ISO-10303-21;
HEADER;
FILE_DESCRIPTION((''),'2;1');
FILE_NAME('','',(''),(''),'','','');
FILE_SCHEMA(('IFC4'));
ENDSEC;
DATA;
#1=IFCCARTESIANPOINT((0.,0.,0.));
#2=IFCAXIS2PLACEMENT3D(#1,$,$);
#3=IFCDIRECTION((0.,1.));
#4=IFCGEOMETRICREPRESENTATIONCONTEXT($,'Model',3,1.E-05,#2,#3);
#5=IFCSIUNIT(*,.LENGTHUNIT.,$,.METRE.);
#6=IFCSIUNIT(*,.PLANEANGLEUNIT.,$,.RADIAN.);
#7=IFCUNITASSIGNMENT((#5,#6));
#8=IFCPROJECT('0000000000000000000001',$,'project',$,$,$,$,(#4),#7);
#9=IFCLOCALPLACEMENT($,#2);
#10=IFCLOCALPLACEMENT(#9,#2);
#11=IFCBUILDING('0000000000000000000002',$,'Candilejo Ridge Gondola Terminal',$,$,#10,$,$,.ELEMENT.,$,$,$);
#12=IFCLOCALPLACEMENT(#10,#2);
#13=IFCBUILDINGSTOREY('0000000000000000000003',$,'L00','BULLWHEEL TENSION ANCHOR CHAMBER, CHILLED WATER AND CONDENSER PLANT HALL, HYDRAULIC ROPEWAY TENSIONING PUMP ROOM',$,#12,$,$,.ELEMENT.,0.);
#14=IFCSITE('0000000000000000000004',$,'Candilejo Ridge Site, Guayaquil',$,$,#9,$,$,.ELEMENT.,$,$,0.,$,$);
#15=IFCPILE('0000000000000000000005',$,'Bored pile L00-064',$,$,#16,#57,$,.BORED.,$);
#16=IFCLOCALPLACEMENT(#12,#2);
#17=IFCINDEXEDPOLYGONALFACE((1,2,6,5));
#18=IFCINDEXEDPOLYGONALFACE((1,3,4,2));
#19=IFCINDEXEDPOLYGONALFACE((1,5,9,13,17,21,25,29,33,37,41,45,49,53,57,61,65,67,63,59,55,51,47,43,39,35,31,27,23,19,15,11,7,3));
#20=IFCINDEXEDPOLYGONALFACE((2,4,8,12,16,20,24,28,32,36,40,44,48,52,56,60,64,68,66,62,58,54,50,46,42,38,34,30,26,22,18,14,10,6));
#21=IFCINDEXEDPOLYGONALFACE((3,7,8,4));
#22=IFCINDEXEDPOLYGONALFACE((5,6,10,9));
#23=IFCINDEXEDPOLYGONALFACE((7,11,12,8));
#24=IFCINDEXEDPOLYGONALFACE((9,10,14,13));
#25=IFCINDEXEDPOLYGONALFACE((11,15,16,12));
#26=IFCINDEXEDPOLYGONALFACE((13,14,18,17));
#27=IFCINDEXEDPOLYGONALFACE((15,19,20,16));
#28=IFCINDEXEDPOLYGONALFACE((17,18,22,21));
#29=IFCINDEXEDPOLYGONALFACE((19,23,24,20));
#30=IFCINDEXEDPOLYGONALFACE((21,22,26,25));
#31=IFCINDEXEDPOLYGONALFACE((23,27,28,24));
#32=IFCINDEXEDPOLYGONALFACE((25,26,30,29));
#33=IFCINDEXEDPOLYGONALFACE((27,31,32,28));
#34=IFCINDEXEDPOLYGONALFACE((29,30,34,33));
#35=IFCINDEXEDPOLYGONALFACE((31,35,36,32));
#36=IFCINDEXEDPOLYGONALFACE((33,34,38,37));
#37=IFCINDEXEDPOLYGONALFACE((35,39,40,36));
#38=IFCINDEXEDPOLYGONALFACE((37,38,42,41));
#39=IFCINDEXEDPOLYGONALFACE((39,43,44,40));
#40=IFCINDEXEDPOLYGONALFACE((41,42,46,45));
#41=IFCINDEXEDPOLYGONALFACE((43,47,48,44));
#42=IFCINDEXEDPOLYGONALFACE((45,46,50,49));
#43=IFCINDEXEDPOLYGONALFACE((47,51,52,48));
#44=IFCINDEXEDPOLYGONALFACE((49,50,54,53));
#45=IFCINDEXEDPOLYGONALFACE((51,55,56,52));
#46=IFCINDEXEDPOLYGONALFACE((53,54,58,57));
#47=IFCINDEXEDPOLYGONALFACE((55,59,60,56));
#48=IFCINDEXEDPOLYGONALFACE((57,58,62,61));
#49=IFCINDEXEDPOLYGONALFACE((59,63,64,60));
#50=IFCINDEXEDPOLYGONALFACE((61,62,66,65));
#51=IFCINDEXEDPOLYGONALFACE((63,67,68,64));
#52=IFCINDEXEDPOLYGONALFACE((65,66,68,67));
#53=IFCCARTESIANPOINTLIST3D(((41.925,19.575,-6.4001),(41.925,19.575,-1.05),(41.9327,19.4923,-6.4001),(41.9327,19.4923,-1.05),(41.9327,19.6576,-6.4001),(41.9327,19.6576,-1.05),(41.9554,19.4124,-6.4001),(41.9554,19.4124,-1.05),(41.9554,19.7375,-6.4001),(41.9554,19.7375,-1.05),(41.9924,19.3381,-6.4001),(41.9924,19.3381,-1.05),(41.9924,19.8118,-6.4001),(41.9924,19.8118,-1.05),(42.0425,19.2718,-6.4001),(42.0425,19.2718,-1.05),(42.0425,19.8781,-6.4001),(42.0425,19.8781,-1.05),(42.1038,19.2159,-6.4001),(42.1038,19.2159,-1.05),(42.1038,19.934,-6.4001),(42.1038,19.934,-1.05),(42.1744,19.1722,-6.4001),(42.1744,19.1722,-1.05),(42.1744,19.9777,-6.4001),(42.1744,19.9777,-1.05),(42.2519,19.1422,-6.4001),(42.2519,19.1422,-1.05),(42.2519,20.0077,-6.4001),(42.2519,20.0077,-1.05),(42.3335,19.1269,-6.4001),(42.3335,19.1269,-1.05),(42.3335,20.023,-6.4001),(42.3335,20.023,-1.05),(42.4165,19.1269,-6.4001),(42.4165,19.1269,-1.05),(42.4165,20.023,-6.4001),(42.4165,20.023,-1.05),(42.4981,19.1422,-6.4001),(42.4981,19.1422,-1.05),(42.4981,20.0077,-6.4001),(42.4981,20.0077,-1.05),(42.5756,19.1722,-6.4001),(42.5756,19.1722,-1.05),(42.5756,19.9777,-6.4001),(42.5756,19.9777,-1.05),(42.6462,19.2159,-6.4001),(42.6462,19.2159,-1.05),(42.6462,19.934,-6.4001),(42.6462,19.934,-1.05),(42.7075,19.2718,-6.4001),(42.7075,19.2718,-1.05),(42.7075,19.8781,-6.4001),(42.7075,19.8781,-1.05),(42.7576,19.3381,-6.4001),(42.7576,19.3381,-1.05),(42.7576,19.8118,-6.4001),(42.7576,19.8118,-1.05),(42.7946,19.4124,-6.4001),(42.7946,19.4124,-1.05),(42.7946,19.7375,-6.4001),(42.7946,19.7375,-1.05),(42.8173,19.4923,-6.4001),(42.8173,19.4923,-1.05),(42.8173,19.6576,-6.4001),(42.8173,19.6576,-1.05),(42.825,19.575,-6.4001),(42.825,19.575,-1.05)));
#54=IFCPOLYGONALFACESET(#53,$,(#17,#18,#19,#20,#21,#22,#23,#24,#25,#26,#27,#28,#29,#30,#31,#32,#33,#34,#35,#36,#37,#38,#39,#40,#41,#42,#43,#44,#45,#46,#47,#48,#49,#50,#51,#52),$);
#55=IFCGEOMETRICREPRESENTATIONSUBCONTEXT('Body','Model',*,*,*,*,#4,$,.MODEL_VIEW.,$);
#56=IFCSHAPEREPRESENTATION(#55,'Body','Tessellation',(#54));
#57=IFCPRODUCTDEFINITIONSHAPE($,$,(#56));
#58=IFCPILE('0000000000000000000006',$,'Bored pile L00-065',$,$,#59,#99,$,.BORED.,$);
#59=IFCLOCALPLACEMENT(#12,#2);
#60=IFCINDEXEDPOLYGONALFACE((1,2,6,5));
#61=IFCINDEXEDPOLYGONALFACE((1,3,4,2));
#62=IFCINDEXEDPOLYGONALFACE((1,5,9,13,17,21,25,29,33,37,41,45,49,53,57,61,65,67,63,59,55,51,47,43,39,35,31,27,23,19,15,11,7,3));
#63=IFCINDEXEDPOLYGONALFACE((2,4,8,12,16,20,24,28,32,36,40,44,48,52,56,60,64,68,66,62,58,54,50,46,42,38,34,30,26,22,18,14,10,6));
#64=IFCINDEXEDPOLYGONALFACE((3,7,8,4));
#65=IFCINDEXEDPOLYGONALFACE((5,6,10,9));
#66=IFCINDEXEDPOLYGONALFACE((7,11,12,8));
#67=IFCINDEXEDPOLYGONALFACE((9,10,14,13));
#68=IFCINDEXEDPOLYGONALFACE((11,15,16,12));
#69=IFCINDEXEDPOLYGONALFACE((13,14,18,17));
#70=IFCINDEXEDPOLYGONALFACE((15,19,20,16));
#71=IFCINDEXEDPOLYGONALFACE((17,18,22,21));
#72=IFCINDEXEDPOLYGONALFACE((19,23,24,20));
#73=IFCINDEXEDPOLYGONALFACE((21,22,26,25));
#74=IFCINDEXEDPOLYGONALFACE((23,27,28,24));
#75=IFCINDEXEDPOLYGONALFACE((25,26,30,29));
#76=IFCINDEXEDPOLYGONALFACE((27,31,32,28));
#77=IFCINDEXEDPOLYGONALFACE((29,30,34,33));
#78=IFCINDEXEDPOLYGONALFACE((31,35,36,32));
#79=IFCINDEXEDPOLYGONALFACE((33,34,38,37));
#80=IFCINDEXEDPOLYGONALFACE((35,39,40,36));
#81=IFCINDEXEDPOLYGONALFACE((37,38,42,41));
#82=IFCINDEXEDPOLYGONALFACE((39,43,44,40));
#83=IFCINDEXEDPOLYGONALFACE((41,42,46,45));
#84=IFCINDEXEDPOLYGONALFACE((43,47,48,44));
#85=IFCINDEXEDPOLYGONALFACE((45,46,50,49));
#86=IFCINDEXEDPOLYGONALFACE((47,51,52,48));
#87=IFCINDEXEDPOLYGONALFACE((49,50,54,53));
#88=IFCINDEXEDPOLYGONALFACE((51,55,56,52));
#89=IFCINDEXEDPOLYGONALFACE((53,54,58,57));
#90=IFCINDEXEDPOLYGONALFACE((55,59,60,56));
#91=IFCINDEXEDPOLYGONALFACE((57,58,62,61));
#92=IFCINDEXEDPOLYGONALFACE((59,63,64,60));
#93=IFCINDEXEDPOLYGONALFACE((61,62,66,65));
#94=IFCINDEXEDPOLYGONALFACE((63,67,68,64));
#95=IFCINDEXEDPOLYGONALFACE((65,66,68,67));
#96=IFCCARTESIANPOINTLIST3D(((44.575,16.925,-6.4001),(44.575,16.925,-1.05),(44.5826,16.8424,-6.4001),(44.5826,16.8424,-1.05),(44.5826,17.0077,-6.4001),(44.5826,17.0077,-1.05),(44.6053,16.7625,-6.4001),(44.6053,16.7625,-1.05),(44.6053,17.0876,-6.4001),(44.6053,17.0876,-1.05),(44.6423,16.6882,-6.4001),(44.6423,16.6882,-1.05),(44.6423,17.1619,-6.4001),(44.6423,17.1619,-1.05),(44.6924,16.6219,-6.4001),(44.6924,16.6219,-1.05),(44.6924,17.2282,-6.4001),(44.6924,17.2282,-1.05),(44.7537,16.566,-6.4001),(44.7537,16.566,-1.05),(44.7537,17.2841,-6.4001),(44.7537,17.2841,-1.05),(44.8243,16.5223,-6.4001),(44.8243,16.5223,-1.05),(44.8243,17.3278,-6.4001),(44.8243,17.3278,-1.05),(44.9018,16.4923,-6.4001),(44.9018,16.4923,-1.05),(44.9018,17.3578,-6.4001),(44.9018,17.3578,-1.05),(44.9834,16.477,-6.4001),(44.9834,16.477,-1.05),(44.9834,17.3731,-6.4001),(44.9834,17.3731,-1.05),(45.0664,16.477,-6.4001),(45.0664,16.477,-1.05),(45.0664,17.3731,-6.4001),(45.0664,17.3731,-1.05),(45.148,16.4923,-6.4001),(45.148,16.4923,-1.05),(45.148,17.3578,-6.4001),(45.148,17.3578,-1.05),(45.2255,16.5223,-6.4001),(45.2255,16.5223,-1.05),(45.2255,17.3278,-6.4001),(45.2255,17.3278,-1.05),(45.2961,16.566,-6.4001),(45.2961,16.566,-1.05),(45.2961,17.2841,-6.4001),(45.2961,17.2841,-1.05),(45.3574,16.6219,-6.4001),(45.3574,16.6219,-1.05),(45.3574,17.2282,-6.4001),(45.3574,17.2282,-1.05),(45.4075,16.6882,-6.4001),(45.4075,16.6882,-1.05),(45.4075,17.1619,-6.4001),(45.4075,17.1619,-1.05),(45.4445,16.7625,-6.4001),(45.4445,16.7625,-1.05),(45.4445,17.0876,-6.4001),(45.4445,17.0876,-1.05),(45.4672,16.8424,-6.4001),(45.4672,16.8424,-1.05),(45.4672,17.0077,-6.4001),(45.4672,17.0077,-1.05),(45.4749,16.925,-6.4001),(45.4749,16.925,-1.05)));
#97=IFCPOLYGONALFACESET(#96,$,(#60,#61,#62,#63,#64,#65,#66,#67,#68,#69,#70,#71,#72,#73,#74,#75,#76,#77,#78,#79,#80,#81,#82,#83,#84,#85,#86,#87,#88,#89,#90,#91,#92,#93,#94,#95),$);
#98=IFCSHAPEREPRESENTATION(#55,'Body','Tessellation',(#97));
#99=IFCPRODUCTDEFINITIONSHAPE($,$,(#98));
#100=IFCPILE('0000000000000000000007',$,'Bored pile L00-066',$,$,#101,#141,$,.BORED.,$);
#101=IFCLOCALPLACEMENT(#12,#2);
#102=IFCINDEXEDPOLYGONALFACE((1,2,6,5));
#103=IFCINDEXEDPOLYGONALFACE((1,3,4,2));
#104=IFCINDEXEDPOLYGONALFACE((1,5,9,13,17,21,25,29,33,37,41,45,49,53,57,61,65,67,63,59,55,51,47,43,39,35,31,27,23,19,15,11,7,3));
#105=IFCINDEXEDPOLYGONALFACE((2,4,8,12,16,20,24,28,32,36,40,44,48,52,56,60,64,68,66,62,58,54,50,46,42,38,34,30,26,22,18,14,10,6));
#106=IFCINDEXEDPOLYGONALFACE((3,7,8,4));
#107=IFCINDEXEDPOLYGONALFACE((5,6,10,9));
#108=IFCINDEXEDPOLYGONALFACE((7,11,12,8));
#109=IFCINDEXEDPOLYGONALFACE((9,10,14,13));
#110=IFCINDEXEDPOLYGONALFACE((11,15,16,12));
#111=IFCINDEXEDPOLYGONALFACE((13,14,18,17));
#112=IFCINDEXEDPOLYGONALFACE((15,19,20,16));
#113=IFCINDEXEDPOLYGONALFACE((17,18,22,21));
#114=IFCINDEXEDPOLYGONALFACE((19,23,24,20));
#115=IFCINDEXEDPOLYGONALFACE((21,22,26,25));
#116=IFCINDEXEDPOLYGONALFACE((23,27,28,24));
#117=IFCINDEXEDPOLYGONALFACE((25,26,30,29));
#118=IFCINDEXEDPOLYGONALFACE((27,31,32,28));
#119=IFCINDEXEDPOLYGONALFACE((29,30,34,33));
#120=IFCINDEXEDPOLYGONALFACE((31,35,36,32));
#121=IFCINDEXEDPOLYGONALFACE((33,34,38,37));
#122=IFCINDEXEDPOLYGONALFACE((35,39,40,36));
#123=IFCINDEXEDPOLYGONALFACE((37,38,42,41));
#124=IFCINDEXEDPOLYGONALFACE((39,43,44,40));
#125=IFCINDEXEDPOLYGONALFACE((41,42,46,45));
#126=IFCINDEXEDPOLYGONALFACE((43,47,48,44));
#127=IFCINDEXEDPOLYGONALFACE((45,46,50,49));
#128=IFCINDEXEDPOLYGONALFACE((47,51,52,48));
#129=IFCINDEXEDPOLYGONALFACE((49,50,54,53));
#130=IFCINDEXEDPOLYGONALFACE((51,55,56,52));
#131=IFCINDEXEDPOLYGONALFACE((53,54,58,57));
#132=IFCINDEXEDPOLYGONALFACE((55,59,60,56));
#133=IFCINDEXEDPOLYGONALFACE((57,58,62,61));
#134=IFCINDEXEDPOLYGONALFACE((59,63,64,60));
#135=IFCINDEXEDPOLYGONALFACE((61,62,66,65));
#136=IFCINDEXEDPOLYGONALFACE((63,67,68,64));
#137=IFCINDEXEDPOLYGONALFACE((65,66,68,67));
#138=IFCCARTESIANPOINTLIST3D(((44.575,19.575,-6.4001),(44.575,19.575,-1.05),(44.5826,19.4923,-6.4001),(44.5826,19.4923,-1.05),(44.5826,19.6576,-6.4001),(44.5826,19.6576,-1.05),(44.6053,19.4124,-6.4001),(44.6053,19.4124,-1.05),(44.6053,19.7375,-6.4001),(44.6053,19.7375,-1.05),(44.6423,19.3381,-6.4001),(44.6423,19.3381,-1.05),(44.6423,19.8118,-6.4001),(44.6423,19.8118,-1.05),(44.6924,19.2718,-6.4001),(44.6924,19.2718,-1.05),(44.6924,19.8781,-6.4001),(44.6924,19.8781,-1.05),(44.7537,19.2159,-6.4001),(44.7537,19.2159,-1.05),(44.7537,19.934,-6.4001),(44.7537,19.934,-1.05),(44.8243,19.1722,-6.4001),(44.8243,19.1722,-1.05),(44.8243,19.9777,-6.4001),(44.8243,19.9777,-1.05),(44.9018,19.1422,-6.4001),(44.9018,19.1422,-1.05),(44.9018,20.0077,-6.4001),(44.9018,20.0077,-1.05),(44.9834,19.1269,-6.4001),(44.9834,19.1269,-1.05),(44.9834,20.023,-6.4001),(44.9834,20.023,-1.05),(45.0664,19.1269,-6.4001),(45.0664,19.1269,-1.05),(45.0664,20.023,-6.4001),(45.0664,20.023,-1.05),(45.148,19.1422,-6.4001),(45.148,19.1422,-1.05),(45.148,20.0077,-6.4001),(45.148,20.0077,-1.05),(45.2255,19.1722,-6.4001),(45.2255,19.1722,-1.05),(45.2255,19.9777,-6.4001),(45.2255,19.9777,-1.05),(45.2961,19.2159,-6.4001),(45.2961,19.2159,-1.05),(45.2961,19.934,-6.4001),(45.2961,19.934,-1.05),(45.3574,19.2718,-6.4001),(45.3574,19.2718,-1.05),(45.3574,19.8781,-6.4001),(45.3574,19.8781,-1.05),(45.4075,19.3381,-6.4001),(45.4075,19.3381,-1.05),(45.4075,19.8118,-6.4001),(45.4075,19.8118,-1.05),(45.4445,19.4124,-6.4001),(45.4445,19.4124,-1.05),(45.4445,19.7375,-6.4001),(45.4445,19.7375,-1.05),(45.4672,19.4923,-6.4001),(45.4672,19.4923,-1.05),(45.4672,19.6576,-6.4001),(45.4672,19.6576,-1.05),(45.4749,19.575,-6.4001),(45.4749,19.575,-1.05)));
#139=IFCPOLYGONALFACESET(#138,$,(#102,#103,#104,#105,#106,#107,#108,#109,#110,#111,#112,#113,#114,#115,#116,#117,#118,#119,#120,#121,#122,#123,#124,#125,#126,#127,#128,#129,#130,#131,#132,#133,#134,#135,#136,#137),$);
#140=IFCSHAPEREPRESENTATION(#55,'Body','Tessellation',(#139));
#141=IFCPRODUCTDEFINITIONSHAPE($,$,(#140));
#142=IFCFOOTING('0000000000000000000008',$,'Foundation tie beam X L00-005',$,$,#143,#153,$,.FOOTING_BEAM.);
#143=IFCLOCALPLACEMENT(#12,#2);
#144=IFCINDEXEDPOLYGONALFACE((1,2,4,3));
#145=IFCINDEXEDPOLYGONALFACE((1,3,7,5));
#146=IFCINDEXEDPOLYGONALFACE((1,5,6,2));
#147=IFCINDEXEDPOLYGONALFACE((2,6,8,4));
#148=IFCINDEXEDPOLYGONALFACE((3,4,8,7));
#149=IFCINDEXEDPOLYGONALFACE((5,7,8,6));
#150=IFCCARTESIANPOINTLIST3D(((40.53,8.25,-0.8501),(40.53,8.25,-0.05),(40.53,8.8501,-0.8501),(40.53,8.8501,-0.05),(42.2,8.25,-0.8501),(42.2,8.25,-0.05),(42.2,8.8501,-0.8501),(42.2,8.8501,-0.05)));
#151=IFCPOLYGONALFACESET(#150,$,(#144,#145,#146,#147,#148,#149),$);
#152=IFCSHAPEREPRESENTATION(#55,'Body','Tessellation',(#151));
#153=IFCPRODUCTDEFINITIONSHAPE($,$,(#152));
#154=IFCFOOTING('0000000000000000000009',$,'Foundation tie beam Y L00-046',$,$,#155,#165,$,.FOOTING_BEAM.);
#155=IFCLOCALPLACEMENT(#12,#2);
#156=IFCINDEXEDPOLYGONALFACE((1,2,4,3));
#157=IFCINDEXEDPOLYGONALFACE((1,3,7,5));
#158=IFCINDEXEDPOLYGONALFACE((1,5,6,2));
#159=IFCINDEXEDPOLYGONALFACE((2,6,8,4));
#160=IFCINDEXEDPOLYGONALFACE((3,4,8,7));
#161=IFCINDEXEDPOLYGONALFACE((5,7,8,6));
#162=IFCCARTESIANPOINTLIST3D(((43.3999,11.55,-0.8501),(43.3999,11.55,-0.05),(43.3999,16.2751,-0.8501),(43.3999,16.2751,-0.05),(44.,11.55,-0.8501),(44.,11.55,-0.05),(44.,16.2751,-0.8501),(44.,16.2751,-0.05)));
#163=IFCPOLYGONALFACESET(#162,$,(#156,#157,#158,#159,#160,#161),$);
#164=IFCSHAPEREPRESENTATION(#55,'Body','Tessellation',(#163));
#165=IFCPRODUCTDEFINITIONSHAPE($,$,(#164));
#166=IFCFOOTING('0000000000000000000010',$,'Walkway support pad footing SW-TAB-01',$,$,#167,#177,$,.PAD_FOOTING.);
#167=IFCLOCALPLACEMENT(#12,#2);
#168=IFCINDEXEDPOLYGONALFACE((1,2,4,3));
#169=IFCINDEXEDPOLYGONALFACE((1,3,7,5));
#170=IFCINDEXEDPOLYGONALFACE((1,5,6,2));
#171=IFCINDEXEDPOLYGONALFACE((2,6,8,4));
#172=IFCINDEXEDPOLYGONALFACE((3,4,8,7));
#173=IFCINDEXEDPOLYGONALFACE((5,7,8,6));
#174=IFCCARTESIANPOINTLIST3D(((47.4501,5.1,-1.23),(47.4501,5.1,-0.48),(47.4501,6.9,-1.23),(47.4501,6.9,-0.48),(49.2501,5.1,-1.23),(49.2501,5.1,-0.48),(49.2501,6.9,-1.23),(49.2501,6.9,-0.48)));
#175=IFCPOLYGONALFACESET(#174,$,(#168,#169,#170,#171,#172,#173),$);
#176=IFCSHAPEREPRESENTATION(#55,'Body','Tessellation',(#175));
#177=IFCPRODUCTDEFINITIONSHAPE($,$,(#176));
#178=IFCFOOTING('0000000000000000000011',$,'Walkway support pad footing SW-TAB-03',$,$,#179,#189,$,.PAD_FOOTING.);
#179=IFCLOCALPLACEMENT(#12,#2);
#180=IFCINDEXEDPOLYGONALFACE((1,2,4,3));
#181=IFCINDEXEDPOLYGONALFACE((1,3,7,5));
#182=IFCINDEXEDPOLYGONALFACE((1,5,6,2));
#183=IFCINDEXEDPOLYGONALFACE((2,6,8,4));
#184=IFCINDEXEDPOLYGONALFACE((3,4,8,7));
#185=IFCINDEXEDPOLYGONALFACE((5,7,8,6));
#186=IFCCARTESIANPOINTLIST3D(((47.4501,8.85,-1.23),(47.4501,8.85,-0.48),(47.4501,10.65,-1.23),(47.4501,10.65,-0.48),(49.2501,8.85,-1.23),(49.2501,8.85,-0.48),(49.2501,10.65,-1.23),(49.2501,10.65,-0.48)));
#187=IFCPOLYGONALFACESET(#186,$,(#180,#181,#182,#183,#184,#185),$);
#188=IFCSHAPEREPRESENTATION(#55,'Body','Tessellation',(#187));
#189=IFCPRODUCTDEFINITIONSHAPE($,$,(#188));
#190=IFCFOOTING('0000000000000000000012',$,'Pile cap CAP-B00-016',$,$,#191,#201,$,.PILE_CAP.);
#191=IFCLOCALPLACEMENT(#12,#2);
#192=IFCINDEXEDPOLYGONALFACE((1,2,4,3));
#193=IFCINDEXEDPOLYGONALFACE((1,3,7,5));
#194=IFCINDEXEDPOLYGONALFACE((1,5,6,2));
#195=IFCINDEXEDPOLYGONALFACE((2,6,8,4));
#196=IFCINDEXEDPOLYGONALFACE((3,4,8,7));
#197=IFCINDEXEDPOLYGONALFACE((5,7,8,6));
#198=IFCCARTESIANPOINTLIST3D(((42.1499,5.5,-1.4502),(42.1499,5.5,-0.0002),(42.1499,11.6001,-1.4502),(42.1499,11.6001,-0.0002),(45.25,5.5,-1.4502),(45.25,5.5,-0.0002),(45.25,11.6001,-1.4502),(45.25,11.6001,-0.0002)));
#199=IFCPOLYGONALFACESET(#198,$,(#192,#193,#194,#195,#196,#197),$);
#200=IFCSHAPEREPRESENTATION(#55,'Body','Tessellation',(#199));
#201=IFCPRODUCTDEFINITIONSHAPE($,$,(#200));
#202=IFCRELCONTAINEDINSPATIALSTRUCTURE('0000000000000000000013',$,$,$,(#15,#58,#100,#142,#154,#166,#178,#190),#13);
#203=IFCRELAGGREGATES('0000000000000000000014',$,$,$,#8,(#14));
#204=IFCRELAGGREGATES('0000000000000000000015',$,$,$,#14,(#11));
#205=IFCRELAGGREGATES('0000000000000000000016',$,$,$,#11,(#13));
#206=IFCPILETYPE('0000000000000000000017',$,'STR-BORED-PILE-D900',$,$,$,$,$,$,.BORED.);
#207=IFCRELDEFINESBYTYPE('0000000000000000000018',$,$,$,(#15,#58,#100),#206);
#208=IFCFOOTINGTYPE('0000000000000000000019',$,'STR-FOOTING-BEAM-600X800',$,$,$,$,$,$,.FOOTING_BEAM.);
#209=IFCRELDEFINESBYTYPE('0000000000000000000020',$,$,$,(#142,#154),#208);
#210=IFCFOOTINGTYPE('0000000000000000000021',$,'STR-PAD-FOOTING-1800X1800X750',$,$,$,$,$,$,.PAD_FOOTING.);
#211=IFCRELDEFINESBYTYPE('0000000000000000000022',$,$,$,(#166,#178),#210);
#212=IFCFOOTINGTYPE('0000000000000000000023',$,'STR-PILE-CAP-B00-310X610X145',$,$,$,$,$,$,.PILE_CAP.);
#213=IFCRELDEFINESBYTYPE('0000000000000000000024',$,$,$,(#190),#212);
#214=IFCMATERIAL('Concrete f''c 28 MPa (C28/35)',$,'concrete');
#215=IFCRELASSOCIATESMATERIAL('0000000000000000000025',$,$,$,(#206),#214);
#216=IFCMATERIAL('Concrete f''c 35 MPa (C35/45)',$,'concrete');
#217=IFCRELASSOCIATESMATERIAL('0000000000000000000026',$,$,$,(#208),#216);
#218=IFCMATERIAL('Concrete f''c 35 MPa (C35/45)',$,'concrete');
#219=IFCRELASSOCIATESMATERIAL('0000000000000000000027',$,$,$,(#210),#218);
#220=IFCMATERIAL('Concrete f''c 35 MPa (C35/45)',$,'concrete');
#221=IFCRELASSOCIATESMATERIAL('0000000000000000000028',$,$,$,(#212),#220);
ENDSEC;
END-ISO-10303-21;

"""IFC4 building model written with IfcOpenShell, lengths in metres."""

from ifc_helpers import new_model, si_unit, direction, frame, origin, origin_2d, place, context, subcontext, project, spatial, rectangle, circle, extrude, material, material_profile, profile_set, type_object, element, save


model = new_model("IFC4")

# Units and contexts
model_context = context("Model", 3, precision=1e-05, world=origin(), true_north=direction((0.0, 1.0)))
body_context = subcontext(model_context, "Body", "Model", "MODEL_VIEW")
ifc_project = project(units=[si_unit("LENGTHUNIT", "METRE"), si_unit("PLANEANGLEUNIT", "RADIAN")], contexts=[model_context])

# Site, building, storey
site_placement = place(None, origin())
site = spatial("IfcSite", under=ifc_project, at=site_placement, Name="Candilejo Ridge Site, Guayaquil", CompositionType="ELEMENT", RefElevation=0.0)
building_placement = place(site_placement, origin())
building = spatial("IfcBuilding", under=site, at=building_placement, Name="Candilejo Ridge Gondola Terminal", CompositionType="ELEMENT")
storey_placement = place(building_placement, origin())
storey = spatial("IfcBuildingStorey", under=building, at=storey_placement, Name="L00", Description="BULLWHEEL TENSION ANCHOR CHAMBER, CHILLED WATER AND CONDENSER PLANT HALL, HYDRAULIC ROPEWAY TENSIONING PUMP ROOM", CompositionType="ELEMENT", Elevation=0.0)

# Piles
ifc_material_1 = material(Name="Concrete f'c 28 MPa (C28/35)", Category="concrete")
ifc_material_profile_1 = material_profile(ifc_material_1, circle(Radius=0.45, at=origin_2d()))
ifc_profile_set_1 = profile_set([ifc_material_profile_1], Name="Concrete f'c 28 MPa (C28/35)")
pile_type = type_object("IfcPileType", Name="STR-BORED-PILE-D900", PredefinedType="BORED", material=ifc_profile_set_1)
for number, where, z_axis, x_axis, name in (
    (1, (42.375, 19.575, -1.05), (0.0, 0.0, -1.0), (1.0, 0.0, 0.0), "Bored pile L00-064"),
    (2, (45.0249, 16.925, -1.05), (0.0, 0.0, -1.0), (1.0, 0.0, 0.0), "Bored pile L00-065"),
    (3, (45.0249, 19.575, -1.05), (0.0, 0.0, -1.0), (1.0, 0.0, 0.0), "Bored pile L00-066"),
):
    element("IfcPile", number, at=place(storey_placement, frame(where, z_axis=z_axis, x_axis=x_axis)), inside=storey, type_object=pile_type, Name=name, PredefinedType="BORED", context=body_context, shape_type="SweptSolid", body=[
        extrude(circle(Radius=0.45, at=origin_2d()), origin(), (0.0, 0.0, 1.0), 5.3501),
    ])

# Footings
ifc_material_2 = material(Name="Concrete f'c 35 MPa (C35/45)", Category="concrete")
footing_type_1 = type_object("IfcFootingType", Name="STR-FOOTING-BEAM-600X800", PredefinedType="FOOTING_BEAM", material=ifc_material_2)
footing_1_placement = place(storey_placement, frame((41.365, 8.55, -0.8501), z_axis=(0.0, 0.0, 1.0), x_axis=(1.0, 0.0, 0.0)))
element("IfcFooting", 4, at=footing_1_placement, inside=storey, type_object=footing_type_1, Name="Foundation tie beam X L00-005", PredefinedType="FOOTING_BEAM", context=body_context, shape_type="SweptSolid", body=[
    extrude(rectangle(XDim=1.6699, YDim=0.6001, at=origin_2d()), origin(), (0.0, 0.0, 1.0), 0.8),
])
footing_2_placement = place(storey_placement, frame((43.7, 13.9126, -0.8501), z_axis=(0.0, 0.0, 1.0), x_axis=(1.0, 0.0, 0.0)))
element("IfcFooting", 5, at=footing_2_placement, inside=storey, type_object=footing_type_1, Name="Foundation tie beam Y L00-046", PredefinedType="FOOTING_BEAM", context=body_context, shape_type="SweptSolid", body=[
    extrude(rectangle(XDim=0.6001, YDim=4.7251, at=origin_2d()), origin(), (0.0, 0.0, 1.0), 0.8),
])
ifc_material_3 = material(Name="Concrete f'c 35 MPa (C35/45)", Category="concrete")
footing_type_2 = type_object("IfcFootingType", Name="STR-PAD-FOOTING-1800X1800X750", PredefinedType="PAD_FOOTING", material=ifc_material_3)
for number, where, z_axis, x_axis, name in (
    (6, (48.3501, 6.0, -1.23), (0.0, 0.0, 1.0), (1.0, 0.0, 0.0), "Walkway support pad footing SW-TAB-01"),
    (7, (48.3501, 9.75, -1.23), (0.0, 0.0, 1.0), (1.0, 0.0, 0.0), "Walkway support pad footing SW-TAB-03"),
):
    element("IfcFooting", number, at=place(storey_placement, frame(where, z_axis=z_axis, x_axis=x_axis)), inside=storey, type_object=footing_type_2, Name=name, PredefinedType="PAD_FOOTING", context=body_context, shape_type="SweptSolid", body=[
        extrude(rectangle(XDim=1.8, YDim=1.8, at=origin_2d()), origin(), (0.0, 0.0, 1.0), 0.75),
    ])
ifc_material_4 = material(Name="Concrete f'c 35 MPa (C35/45)", Category="concrete")
footing_type_3 = type_object("IfcFootingType", Name="STR-PILE-CAP-B00-310X610X145", PredefinedType="PILE_CAP", material=ifc_material_4)
footing_3_placement = place(storey_placement, frame((43.7, 8.55, -1.4502), z_axis=(0.0, 0.0, 1.0), x_axis=(1.0, 0.0, 0.0)))
element("IfcFooting", 8, at=footing_3_placement, inside=storey, type_object=footing_type_3, Name="Pile cap CAP-B00-016", PredefinedType="PILE_CAP", context=body_context, shape_type="SweptSolid", body=[
    extrude(rectangle(XDim=3.1001, YDim=6.1001, at=origin_2d()), origin(), (0.0, 0.0, 1.0), 1.45),
])

save(model, "model.ifc")
